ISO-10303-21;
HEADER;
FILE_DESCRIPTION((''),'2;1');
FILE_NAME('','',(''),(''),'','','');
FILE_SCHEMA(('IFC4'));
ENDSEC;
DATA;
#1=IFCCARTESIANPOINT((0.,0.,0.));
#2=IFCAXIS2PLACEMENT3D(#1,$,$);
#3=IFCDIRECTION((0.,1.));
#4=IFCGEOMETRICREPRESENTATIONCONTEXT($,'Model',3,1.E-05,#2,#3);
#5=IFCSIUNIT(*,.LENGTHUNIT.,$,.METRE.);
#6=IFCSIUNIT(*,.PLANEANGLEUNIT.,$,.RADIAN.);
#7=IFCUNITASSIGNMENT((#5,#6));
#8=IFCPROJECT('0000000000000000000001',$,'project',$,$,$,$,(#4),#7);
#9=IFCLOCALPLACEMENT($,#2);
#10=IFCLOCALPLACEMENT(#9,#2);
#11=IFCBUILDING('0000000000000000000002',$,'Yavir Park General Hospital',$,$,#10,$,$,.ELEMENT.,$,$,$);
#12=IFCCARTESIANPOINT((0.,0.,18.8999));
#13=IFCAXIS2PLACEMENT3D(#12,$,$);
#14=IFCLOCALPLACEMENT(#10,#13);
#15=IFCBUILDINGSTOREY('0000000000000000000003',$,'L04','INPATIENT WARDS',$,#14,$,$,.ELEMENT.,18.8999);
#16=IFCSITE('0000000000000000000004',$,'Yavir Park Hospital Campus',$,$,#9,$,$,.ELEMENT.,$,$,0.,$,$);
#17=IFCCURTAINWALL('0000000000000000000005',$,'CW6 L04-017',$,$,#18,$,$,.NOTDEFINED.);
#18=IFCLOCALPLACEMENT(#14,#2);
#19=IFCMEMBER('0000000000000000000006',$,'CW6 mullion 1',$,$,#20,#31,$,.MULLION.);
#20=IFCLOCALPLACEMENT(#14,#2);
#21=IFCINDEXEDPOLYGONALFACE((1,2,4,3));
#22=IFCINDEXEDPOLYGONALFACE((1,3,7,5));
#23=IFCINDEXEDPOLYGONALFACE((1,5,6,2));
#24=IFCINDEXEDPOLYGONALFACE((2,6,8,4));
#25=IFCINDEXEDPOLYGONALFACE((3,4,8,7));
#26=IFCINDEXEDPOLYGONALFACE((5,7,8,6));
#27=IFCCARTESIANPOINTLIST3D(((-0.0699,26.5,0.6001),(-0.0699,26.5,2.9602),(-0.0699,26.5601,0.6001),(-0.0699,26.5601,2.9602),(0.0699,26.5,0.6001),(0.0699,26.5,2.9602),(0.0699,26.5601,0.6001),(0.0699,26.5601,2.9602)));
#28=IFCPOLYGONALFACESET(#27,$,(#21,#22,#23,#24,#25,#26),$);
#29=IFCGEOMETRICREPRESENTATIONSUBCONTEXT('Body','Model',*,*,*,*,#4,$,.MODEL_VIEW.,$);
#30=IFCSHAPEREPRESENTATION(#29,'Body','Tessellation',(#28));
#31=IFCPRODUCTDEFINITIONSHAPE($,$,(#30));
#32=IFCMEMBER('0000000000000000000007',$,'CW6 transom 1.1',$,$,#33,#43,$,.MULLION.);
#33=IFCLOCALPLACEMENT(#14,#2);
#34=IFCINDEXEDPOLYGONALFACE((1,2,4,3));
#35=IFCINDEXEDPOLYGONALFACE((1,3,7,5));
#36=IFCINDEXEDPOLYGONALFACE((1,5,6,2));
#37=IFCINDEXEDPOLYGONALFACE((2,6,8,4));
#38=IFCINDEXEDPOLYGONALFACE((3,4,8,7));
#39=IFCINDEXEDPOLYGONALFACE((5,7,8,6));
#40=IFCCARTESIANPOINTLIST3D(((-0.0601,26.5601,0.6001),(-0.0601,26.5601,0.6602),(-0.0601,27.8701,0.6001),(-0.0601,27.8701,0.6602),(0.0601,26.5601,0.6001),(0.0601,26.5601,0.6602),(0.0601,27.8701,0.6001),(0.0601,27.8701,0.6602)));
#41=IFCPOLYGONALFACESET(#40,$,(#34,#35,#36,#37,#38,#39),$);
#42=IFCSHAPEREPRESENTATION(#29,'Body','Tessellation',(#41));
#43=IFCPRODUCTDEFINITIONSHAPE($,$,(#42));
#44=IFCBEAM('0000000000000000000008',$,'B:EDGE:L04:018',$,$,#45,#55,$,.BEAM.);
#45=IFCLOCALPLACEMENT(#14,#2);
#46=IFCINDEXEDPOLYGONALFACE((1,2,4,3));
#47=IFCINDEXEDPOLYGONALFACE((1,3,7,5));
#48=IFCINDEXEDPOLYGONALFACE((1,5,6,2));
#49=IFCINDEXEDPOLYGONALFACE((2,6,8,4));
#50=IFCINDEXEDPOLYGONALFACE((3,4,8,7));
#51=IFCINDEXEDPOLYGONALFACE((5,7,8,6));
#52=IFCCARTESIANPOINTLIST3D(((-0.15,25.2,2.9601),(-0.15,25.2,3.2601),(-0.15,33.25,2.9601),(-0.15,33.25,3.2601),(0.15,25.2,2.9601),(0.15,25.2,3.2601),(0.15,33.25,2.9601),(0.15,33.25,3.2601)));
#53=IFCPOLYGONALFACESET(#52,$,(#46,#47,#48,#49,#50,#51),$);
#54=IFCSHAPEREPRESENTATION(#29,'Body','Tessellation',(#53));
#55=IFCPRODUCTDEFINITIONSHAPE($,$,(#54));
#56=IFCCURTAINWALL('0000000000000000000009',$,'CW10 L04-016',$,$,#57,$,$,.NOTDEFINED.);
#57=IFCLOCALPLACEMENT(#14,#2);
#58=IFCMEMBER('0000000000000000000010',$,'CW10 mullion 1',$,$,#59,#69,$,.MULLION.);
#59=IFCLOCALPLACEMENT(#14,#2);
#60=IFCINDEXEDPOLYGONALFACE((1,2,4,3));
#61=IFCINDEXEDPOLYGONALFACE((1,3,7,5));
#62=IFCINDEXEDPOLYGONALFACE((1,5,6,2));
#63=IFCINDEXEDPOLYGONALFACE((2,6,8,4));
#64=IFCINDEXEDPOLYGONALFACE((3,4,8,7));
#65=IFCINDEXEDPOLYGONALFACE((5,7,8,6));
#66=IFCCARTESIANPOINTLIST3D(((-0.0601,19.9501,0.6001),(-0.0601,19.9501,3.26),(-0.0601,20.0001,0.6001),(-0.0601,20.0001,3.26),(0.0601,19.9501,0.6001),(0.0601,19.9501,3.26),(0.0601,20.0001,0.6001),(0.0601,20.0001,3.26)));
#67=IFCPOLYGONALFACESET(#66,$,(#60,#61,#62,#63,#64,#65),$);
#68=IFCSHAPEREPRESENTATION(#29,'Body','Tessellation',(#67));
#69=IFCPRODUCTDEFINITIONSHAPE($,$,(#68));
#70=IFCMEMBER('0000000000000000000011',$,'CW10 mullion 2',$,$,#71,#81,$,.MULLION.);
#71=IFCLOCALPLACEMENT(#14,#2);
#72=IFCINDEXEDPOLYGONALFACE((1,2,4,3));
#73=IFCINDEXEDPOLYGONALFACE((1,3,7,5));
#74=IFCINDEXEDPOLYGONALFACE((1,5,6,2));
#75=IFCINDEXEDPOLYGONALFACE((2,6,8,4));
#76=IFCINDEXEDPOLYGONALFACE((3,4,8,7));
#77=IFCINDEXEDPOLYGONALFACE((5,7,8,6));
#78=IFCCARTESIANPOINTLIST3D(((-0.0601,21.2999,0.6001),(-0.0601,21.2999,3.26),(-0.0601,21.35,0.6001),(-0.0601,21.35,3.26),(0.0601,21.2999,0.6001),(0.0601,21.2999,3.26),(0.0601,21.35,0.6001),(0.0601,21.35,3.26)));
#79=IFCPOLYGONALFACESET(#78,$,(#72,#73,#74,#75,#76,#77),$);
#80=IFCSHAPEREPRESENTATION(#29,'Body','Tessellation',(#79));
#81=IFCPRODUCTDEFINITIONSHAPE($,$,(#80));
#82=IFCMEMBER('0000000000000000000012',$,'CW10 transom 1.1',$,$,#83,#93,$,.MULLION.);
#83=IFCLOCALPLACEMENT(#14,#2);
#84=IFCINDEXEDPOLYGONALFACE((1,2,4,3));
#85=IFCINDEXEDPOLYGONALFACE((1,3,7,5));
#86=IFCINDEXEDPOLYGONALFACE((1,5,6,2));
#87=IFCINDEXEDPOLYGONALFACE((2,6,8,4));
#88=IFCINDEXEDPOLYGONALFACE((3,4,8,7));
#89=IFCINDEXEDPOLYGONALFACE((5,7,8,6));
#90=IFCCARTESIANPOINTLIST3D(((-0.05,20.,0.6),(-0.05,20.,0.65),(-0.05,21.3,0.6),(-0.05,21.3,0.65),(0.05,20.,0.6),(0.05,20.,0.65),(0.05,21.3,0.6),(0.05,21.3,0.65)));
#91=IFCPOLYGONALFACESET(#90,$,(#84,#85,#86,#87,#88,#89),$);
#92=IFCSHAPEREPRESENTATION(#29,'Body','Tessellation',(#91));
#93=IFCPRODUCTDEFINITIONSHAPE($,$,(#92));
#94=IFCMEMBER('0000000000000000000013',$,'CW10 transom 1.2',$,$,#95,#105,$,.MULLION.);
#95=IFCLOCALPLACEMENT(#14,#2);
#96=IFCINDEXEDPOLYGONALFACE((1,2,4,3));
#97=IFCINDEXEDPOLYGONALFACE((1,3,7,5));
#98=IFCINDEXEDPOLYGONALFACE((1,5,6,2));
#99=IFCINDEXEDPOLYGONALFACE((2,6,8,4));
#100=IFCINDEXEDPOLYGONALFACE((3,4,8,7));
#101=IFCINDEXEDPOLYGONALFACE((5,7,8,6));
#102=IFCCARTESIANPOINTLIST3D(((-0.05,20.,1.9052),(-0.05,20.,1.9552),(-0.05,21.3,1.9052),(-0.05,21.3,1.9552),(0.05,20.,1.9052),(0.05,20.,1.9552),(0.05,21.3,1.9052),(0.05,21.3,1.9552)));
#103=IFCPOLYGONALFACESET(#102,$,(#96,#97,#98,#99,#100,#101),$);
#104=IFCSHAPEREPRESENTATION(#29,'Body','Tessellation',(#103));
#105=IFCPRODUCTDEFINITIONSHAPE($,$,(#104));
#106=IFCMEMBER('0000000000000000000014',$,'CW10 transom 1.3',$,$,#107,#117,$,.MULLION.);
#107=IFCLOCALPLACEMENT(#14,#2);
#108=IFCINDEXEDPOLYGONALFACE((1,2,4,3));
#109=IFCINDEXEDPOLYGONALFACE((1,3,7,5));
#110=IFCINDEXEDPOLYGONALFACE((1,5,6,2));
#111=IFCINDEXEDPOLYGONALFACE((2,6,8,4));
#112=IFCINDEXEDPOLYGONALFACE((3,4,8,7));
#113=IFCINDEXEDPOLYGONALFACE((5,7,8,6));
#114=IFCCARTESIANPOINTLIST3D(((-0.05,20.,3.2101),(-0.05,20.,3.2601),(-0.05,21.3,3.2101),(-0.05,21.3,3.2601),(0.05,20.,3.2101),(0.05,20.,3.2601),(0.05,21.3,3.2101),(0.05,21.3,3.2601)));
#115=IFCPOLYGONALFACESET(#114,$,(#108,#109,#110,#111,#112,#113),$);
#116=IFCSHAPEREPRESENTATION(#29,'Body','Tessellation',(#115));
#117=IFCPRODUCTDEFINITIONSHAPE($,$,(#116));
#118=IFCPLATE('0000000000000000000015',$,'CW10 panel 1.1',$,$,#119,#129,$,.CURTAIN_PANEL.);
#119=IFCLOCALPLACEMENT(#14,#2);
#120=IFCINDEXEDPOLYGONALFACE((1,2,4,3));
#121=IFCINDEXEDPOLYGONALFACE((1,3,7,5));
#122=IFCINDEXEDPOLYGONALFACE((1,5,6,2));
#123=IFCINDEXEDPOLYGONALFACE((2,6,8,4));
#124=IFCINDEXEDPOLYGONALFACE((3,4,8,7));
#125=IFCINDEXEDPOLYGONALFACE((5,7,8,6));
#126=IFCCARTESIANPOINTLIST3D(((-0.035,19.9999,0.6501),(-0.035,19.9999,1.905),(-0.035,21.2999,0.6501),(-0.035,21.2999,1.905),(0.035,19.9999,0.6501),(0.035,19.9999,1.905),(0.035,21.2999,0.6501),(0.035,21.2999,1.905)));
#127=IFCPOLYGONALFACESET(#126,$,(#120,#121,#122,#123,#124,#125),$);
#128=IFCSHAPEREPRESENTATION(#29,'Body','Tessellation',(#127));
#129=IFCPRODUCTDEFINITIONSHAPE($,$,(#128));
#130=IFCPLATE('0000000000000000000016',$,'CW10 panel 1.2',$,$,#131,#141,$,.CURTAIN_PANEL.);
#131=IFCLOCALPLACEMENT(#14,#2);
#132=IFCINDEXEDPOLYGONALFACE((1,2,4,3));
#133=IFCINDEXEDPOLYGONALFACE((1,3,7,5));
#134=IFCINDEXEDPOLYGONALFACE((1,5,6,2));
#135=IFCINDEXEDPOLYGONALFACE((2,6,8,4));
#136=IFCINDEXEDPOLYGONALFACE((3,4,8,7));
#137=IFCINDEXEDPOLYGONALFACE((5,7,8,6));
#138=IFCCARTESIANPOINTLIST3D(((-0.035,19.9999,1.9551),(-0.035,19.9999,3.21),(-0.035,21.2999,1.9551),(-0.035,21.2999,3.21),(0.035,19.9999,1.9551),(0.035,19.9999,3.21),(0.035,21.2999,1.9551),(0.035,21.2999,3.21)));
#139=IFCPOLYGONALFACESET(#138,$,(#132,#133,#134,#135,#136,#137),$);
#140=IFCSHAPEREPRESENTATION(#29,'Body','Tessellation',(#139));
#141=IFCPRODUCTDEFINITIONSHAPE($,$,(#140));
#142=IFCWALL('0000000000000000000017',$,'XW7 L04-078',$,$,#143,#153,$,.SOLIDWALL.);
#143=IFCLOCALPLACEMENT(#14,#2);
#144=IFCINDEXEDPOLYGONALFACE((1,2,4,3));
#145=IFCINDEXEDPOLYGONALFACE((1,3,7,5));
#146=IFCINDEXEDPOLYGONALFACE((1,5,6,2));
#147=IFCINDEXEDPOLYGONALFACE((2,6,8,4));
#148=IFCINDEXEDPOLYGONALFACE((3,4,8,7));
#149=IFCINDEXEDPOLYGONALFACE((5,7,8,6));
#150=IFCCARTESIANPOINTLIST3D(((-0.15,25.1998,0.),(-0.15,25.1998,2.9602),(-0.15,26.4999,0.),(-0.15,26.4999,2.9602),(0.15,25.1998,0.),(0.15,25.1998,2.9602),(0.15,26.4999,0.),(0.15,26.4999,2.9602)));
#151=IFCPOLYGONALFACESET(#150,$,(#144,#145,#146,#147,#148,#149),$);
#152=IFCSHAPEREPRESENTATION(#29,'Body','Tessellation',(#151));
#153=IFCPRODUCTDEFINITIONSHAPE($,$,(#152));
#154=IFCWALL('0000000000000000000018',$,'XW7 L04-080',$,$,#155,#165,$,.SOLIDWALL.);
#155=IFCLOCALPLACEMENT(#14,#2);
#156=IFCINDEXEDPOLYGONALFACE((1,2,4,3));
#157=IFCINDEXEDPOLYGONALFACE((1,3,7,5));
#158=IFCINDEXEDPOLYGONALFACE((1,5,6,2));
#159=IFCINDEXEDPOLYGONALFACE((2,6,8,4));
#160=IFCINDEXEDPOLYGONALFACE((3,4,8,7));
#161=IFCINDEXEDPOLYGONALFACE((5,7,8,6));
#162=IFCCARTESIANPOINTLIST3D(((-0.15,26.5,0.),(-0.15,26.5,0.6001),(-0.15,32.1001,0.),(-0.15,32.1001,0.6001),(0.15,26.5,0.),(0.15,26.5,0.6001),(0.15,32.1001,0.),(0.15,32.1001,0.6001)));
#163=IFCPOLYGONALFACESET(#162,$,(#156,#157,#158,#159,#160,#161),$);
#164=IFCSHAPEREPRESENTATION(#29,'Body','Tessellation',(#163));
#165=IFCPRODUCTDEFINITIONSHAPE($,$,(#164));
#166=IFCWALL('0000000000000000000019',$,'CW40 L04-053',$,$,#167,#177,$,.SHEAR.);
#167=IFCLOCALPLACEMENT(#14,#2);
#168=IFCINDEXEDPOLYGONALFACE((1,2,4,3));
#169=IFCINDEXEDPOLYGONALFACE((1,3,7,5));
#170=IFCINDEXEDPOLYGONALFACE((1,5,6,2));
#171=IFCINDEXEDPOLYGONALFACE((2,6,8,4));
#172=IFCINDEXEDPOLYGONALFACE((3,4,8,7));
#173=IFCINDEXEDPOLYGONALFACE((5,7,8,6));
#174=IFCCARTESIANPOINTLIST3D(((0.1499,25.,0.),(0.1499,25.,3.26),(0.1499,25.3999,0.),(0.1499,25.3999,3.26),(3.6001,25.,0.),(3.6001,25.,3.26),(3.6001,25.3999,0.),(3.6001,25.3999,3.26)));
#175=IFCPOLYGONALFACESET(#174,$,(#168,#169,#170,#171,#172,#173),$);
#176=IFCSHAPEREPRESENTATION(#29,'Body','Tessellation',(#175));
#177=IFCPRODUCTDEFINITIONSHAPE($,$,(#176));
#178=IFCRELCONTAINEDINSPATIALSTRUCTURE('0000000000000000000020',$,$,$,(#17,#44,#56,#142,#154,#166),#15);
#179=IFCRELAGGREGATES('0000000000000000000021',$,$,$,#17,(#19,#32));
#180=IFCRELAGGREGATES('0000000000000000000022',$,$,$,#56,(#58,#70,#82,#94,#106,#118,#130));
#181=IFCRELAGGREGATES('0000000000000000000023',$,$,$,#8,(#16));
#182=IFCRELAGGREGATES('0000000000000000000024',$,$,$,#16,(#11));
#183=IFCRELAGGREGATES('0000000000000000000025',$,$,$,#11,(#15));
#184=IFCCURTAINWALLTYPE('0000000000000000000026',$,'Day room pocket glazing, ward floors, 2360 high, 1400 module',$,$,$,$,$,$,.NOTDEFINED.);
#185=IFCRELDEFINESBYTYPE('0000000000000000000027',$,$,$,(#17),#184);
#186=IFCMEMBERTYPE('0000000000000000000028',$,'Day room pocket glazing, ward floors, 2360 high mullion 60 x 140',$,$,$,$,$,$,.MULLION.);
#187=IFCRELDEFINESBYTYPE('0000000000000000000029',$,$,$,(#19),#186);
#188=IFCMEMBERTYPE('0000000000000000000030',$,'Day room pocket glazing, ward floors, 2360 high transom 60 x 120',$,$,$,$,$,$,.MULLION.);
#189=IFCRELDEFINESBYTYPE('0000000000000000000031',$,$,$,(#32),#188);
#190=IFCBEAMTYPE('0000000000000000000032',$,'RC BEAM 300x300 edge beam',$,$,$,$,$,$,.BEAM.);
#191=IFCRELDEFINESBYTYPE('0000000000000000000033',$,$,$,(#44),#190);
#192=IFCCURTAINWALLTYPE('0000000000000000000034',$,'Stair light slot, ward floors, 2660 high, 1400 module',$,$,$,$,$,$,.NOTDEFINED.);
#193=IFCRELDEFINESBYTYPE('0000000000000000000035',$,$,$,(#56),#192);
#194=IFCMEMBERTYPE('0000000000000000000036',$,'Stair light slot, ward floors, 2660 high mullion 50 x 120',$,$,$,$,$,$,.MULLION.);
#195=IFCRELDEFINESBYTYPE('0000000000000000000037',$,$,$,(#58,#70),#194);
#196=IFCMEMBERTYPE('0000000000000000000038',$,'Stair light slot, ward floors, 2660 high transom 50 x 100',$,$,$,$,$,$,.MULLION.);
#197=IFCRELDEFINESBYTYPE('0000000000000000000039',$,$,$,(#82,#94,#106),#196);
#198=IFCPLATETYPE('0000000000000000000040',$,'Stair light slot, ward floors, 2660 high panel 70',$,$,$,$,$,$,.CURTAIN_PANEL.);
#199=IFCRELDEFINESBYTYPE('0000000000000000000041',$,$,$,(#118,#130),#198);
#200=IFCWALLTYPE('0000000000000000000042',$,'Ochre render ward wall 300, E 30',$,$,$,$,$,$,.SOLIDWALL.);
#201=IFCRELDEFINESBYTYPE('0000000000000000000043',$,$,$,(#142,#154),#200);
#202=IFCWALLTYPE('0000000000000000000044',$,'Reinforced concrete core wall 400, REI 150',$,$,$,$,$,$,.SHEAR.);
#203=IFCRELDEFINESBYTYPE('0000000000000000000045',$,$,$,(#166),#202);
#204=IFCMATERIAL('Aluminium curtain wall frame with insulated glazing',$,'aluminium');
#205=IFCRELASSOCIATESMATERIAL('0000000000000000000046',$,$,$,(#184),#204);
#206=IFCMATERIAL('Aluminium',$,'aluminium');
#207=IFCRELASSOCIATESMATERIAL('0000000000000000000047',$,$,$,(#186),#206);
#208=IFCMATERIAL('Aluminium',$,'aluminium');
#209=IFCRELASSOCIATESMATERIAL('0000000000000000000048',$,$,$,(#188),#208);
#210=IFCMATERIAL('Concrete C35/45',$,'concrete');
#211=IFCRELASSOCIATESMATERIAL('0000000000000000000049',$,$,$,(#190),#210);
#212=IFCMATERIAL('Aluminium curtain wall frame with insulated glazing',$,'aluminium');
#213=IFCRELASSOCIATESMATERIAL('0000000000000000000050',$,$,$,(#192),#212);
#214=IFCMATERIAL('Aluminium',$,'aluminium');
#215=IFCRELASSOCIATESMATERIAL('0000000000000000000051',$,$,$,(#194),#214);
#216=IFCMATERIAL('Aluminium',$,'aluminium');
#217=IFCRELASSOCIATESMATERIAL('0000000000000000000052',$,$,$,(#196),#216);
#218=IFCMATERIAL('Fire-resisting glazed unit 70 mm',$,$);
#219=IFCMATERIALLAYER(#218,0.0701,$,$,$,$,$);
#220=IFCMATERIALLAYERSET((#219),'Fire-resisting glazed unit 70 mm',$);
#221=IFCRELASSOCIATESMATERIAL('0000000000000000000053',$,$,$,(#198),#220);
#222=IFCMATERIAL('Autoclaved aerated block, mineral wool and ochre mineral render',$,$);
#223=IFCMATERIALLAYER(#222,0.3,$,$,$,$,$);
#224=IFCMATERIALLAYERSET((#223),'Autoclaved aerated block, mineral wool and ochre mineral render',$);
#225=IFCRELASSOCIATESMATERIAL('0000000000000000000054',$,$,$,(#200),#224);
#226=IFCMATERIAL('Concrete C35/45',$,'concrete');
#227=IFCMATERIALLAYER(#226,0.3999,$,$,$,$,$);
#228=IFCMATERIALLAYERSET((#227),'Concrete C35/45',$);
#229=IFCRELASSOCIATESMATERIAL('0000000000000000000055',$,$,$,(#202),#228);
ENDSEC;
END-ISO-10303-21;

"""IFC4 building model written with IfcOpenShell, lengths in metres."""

from ifc_helpers import new_model, si_unit, direction, frame, frame_2d, origin, origin_2d, place, context, subcontext, project, spatial, rectangle, extrude, material, layer, layer_set, material_profile, profile_set, type_object, element, aggregate, save


model = new_model("IFC4")

# Units and contexts
model_context = context("Model", 3, precision=1e-05, world=origin(), true_north=direction((0.0, 1.0)))
body_context = subcontext(model_context, "Body", "Model", "MODEL_VIEW")
ifc_project = project(units=[si_unit("LENGTHUNIT", "METRE"), si_unit("PLANEANGLEUNIT", "RADIAN")], contexts=[model_context])

# Site, building, storey
site_placement = place(None, origin())
site = spatial("IfcSite", under=ifc_project, at=site_placement, Name="Yavir Park Hospital Campus", CompositionType="ELEMENT", RefElevation=0.0)
building_placement = place(site_placement, origin())
building = spatial("IfcBuilding", under=site, at=building_placement, Name="Yavir Park General Hospital", CompositionType="ELEMENT")
storey_placement = place(building_placement, frame((0.0, 0.0, 18.8999)))
storey = spatial("IfcBuildingStorey", under=building, at=storey_placement, Name="L04", Description="INPATIENT WARDS", CompositionType="ELEMENT", Elevation=18.8999)

# Curtain wall, members
ifc_material_1 = material(Name="Aluminium curtain wall frame with insulated glazing", Category="aluminium")
curtain_wall_type_1 = type_object("IfcCurtainWallType", Name="Day room pocket glazing, ward floors, 2360 high, 1400 module", PredefinedType="NOTDEFINED", material=ifc_material_1)
curtain_wall_1_placement = place(storey_placement, origin())
curtain_wall_1 = element("IfcCurtainWall", 1, at=curtain_wall_1_placement, inside=storey, type_object=curtain_wall_type_1, Name="CW6 L04-017", PredefinedType="NOTDEFINED")
ifc_material_2 = material(Name="Aluminium", Category="aluminium")
ifc_material_profile_1 = material_profile(ifc_material_2, rectangle(XDim=0.1399, YDim=0.0601, at=origin_2d()), Name="AL 60x140")
ifc_profile_set_1 = profile_set([ifc_material_profile_1], Name="Aluminium")
member_type_1 = type_object("IfcMemberType", Name="Day room pocket glazing, ward floors, 2360 high mullion 60 x 140", PredefinedType="MULLION", material=ifc_profile_set_1)
member_1_placement = place(storey_placement, frame((0.0, 26.53, 0.6001), z_axis=(0.0, 0.0, 1.0), x_axis=(-1.0, 0.0, 0.0)))
member_1 = element("IfcMember", 2, at=member_1_placement, type_object=member_type_1, Name="CW6 mullion 1", PredefinedType="MULLION", context=body_context, shape_type="SweptSolid", body=[
    extrude(rectangle(XDim=0.1399, YDim=0.0601, at=origin_2d()), origin(), (0.0, 0.0, 1.0), 2.3601),
])
ifc_material_3 = material(Name="Aluminium", Category="aluminium")
ifc_material_profile_2 = material_profile(ifc_material_3, rectangle(XDim=0.1201, YDim=0.0601, at=origin_2d()), Name="AL 120x60")
ifc_profile_set_2 = profile_set([ifc_material_profile_2], Name="Aluminium")
member_type_2 = type_object("IfcMemberType", Name="Day room pocket glazing, ward floors, 2360 high transom 60 x 120", PredefinedType="MULLION", material=ifc_profile_set_2)
member_2_placement = place(storey_placement, frame((0.0, 26.5601, 0.6301), z_axis=(0.0, 1.0, 0.0), x_axis=(-1.0, 0.0, 0.0)))
member_2 = element("IfcMember", 3, at=member_2_placement, type_object=member_type_2, Name="CW6 transom 1.1", PredefinedType="MULLION", context=body_context, shape_type="SweptSolid", body=[
    extrude(rectangle(XDim=0.1201, YDim=0.0601, at=origin_2d()), origin(), (0.0, 0.0, 1.0), 1.3101),
])
aggregate(curtain_wall_1, [member_1, member_2])

# Beam
ifc_material_4 = material(Name="Concrete C35/45", Category="concrete")
ifc_material_profile_3 = material_profile(ifc_material_4, rectangle(XDim=0.3, YDim=0.3, at=origin_2d()), Name="RC300x300")
ifc_profile_set_3 = profile_set([ifc_material_profile_3], Name="Concrete C35/45")
beam_type = type_object("IfcBeamType", Name="RC BEAM 300x300 edge beam", PredefinedType="BEAM", material=ifc_profile_set_3)
beam_placement = place(storey_placement, frame((0.0, 25.2, 3.1101), z_axis=(0.0, 1.0, 0.0), x_axis=(-1.0, 0.0, 0.0)))
element("IfcBeam", 4, at=beam_placement, inside=storey, type_object=beam_type, Name="B:EDGE:L04:018", PredefinedType="BEAM", context=body_context, shape_type="SweptSolid", body=[
    extrude(rectangle(XDim=0.3, YDim=0.3, at=origin_2d()), origin(), (0.0, 0.0, 1.0), 8.05),
])

# Curtain wall, members, plates
ifc_material_5 = material(Name="Aluminium curtain wall frame with insulated glazing", Category="aluminium")
curtain_wall_type_2 = type_object("IfcCurtainWallType", Name="Stair light slot, ward floors, 2660 high, 1400 module", PredefinedType="NOTDEFINED", material=ifc_material_5)
curtain_wall_2_placement = place(storey_placement, origin())
curtain_wall_2 = element("IfcCurtainWall", 5, at=curtain_wall_2_placement, inside=storey, type_object=curtain_wall_type_2, Name="CW10 L04-016", PredefinedType="NOTDEFINED")
ifc_material_6 = material(Name="Aluminium", Category="aluminium")
ifc_material_profile_4 = material_profile(ifc_material_6, rectangle(XDim=0.1201, YDim=0.05, at=origin_2d()), Name="AL 50x120")
ifc_profile_set_4 = profile_set([ifc_material_profile_4], Name="Aluminium")
member_type_3 = type_object("IfcMemberType", Name="Stair light slot, ward floors, 2660 high mullion 50 x 120", PredefinedType="MULLION", material=ifc_profile_set_4)
member_3_placement = place(storey_placement, frame((0.0, 19.9751, 0.6001), z_axis=(0.0, 0.0, 1.0), x_axis=(-1.0, 0.0, 0.0)))
member_3 = element("IfcMember", 6, at=member_3_placement, type_object=member_type_3, Name="CW10 mullion 1", PredefinedType="MULLION", context=body_context, shape_type="SweptSolid", body=[
    extrude(rectangle(XDim=0.1201, YDim=0.05, at=origin_2d()), origin(), (0.0, 0.0, 1.0), 2.6599),
])
member_4_placement = place(storey_placement, frame((0.0, 21.325, 0.6001), z_axis=(0.0, 0.0, 1.0), x_axis=(-1.0, 0.0, 0.0)))
member_4 = element("IfcMember", 7, at=member_4_placement, type_object=member_type_3, Name="CW10 mullion 2", PredefinedType="MULLION", context=body_context, shape_type="SweptSolid", body=[
    extrude(rectangle(XDim=0.1201, YDim=0.05, at=origin_2d()), origin(), (0.0, 0.0, 1.0), 2.6599),
])
ifc_material_7 = material(Name="Aluminium", Category="aluminium")
ifc_material_profile_5 = material_profile(ifc_material_7, rectangle(XDim=0.1001, YDim=0.05, at=origin_2d()), Name="AL 100x50")
ifc_profile_set_5 = profile_set([ifc_material_profile_5], Name="Aluminium")
member_type_4 = type_object("IfcMemberType", Name="Stair light slot, ward floors, 2660 high transom 50 x 100", PredefinedType="MULLION", material=ifc_profile_set_5)
member_5_placement = place(storey_placement, frame((0.0, 20.0, 0.625), z_axis=(0.0, 1.0, 0.0), x_axis=(-1.0, 0.0, 0.0)))
member_5 = element("IfcMember", 8, at=member_5_placement, type_object=member_type_4, Name="CW10 transom 1.1", PredefinedType="MULLION", context=body_context, shape_type="SweptSolid", body=[
    extrude(rectangle(XDim=0.1001, YDim=0.05, at=origin_2d()), origin(), (0.0, 0.0, 1.0), 1.3),
])
member_6_placement = place(storey_placement, frame((0.0, 20.0, 1.9302), z_axis=(0.0, 1.0, 0.0), x_axis=(-1.0, 0.0, 0.0)))
member_6 = element("IfcMember", 9, at=member_6_placement, type_object=member_type_4, Name="CW10 transom 1.2", PredefinedType="MULLION", context=body_context, shape_type="SweptSolid", body=[
    extrude(rectangle(XDim=0.1001, YDim=0.05, at=origin_2d()), origin(), (0.0, 0.0, 1.0), 1.3),
])
member_7_placement = place(storey_placement, frame((0.0, 20.0, 3.2351), z_axis=(0.0, 1.0, 0.0), x_axis=(-1.0, 0.0, 0.0)))
member_7 = element("IfcMember", 10, at=member_7_placement, type_object=member_type_4, Name="CW10 transom 1.3", PredefinedType="MULLION", context=body_context, shape_type="SweptSolid", body=[
    extrude(rectangle(XDim=0.1001, YDim=0.05, at=origin_2d()), origin(), (0.0, 0.0, 1.0), 1.3),
])
ifc_material_8 = material(Name="Fire-resisting glazed unit 70 mm")
ifc_layer_1 = layer(ifc_material_8, 0.0701)
ifc_layer_set_1 = layer_set([ifc_layer_1], Name="Fire-resisting glazed unit 70 mm")
plate_type = type_object("IfcPlateType", Name="Stair light slot, ward floors, 2660 high panel 70", PredefinedType="CURTAIN_PANEL", material=ifc_layer_set_1)
plate_1_placement = place(storey_placement, frame((0.0, 20.6499, 0.6501), z_axis=(0.0, 0.0, 1.0), x_axis=(0.0, 1.0, 0.0)))
plate_1 = element("IfcPlate", 11, at=plate_1_placement, type_object=plate_type, Name="CW10 panel 1.1", PredefinedType="CURTAIN_PANEL", context=body_context, shape_type="SweptSolid", body=[
    extrude(rectangle(XDim=1.3, YDim=0.0701, at=origin_2d()), origin(), (0.0, 0.0, 1.0), 1.2549),
])
plate_2_placement = place(storey_placement, frame((0.0, 20.6499, 1.9551), z_axis=(0.0, 0.0, 1.0), x_axis=(0.0, 1.0, 0.0)))
plate_2 = element("IfcPlate", 12, at=plate_2_placement, type_object=plate_type, Name="CW10 panel 1.2", PredefinedType="CURTAIN_PANEL", context=body_context, shape_type="SweptSolid", body=[
    extrude(rectangle(XDim=1.3, YDim=0.0701, at=origin_2d()), origin(), (0.0, 0.0, 1.0), 1.2549),
])
aggregate(curtain_wall_2, [member_3, member_4, member_5, member_6, member_7, plate_1, plate_2])

# Walls
ifc_material_9 = material(Name="Autoclaved aerated block, mineral wool and ochre mineral render")
ifc_layer_2 = layer(ifc_material_9, 0.3)
ifc_layer_set_2 = layer_set([ifc_layer_2], Name="Autoclaved aerated block, mineral wool and ochre mineral render")
wall_type_1 = type_object("IfcWallType", Name="Ochre render ward wall 300, E 30", PredefinedType="SOLIDWALL", material=ifc_layer_set_2)
wall_1_placement = place(storey_placement, frame((0.0, 25.2, 0.0), z_axis=(0.0, 0.0, 1.0), x_axis=(0.0, 1.0, 0.0)))
element("IfcWall", 13, at=wall_1_placement, inside=storey, type_object=wall_type_1, Name="XW7 L04-078", PredefinedType="SOLIDWALL", context=body_context, shape_type="SweptSolid", body=[
    extrude(rectangle(XDim=1.3, YDim=0.3, at=frame_2d((0.6499, 0.0))), origin(), (0.0, 0.0, 1.0), 2.9602),
])
wall_2_placement = place(storey_placement, frame((0.0, 26.5, 0.0), z_axis=(0.0, 0.0, 1.0), x_axis=(0.0, 1.0, 0.0)))
element("IfcWall", 14, at=wall_2_placement, inside=storey, type_object=wall_type_1, Name="XW7 L04-080", PredefinedType="SOLIDWALL", context=body_context, shape_type="SweptSolid", body=[
    extrude(rectangle(XDim=5.6001, YDim=0.3, at=frame_2d((2.8, 0.0))), origin(), (0.0, 0.0, 1.0), 0.6001),
])
ifc_material_10 = material(Name="Concrete C35/45", Category="concrete")
ifc_layer_3 = layer(ifc_material_10, 0.3999)
ifc_layer_set_3 = layer_set([ifc_layer_3], Name="Concrete C35/45")
wall_type_2 = type_object("IfcWallType", Name="Reinforced concrete core wall 400, REI 150", PredefinedType="SHEAR", material=ifc_layer_set_3)
wall_3_placement = place(storey_placement, frame((0.1499, 25.2, 0.0), z_axis=(0.0, 0.0, 1.0), x_axis=(1.0, 0.0, 0.0)))
element("IfcWall", 15, at=wall_3_placement, inside=storey, type_object=wall_type_2, Name="CW40 L04-053", PredefinedType="SHEAR", context=body_context, shape_type="SweptSolid", body=[
    extrude(rectangle(XDim=3.4502, YDim=0.3999, at=frame_2d((1.7251, 0.0))), origin(), (0.0, 0.0, 1.0), 3.26),
])

save(model, "model.ifc")
